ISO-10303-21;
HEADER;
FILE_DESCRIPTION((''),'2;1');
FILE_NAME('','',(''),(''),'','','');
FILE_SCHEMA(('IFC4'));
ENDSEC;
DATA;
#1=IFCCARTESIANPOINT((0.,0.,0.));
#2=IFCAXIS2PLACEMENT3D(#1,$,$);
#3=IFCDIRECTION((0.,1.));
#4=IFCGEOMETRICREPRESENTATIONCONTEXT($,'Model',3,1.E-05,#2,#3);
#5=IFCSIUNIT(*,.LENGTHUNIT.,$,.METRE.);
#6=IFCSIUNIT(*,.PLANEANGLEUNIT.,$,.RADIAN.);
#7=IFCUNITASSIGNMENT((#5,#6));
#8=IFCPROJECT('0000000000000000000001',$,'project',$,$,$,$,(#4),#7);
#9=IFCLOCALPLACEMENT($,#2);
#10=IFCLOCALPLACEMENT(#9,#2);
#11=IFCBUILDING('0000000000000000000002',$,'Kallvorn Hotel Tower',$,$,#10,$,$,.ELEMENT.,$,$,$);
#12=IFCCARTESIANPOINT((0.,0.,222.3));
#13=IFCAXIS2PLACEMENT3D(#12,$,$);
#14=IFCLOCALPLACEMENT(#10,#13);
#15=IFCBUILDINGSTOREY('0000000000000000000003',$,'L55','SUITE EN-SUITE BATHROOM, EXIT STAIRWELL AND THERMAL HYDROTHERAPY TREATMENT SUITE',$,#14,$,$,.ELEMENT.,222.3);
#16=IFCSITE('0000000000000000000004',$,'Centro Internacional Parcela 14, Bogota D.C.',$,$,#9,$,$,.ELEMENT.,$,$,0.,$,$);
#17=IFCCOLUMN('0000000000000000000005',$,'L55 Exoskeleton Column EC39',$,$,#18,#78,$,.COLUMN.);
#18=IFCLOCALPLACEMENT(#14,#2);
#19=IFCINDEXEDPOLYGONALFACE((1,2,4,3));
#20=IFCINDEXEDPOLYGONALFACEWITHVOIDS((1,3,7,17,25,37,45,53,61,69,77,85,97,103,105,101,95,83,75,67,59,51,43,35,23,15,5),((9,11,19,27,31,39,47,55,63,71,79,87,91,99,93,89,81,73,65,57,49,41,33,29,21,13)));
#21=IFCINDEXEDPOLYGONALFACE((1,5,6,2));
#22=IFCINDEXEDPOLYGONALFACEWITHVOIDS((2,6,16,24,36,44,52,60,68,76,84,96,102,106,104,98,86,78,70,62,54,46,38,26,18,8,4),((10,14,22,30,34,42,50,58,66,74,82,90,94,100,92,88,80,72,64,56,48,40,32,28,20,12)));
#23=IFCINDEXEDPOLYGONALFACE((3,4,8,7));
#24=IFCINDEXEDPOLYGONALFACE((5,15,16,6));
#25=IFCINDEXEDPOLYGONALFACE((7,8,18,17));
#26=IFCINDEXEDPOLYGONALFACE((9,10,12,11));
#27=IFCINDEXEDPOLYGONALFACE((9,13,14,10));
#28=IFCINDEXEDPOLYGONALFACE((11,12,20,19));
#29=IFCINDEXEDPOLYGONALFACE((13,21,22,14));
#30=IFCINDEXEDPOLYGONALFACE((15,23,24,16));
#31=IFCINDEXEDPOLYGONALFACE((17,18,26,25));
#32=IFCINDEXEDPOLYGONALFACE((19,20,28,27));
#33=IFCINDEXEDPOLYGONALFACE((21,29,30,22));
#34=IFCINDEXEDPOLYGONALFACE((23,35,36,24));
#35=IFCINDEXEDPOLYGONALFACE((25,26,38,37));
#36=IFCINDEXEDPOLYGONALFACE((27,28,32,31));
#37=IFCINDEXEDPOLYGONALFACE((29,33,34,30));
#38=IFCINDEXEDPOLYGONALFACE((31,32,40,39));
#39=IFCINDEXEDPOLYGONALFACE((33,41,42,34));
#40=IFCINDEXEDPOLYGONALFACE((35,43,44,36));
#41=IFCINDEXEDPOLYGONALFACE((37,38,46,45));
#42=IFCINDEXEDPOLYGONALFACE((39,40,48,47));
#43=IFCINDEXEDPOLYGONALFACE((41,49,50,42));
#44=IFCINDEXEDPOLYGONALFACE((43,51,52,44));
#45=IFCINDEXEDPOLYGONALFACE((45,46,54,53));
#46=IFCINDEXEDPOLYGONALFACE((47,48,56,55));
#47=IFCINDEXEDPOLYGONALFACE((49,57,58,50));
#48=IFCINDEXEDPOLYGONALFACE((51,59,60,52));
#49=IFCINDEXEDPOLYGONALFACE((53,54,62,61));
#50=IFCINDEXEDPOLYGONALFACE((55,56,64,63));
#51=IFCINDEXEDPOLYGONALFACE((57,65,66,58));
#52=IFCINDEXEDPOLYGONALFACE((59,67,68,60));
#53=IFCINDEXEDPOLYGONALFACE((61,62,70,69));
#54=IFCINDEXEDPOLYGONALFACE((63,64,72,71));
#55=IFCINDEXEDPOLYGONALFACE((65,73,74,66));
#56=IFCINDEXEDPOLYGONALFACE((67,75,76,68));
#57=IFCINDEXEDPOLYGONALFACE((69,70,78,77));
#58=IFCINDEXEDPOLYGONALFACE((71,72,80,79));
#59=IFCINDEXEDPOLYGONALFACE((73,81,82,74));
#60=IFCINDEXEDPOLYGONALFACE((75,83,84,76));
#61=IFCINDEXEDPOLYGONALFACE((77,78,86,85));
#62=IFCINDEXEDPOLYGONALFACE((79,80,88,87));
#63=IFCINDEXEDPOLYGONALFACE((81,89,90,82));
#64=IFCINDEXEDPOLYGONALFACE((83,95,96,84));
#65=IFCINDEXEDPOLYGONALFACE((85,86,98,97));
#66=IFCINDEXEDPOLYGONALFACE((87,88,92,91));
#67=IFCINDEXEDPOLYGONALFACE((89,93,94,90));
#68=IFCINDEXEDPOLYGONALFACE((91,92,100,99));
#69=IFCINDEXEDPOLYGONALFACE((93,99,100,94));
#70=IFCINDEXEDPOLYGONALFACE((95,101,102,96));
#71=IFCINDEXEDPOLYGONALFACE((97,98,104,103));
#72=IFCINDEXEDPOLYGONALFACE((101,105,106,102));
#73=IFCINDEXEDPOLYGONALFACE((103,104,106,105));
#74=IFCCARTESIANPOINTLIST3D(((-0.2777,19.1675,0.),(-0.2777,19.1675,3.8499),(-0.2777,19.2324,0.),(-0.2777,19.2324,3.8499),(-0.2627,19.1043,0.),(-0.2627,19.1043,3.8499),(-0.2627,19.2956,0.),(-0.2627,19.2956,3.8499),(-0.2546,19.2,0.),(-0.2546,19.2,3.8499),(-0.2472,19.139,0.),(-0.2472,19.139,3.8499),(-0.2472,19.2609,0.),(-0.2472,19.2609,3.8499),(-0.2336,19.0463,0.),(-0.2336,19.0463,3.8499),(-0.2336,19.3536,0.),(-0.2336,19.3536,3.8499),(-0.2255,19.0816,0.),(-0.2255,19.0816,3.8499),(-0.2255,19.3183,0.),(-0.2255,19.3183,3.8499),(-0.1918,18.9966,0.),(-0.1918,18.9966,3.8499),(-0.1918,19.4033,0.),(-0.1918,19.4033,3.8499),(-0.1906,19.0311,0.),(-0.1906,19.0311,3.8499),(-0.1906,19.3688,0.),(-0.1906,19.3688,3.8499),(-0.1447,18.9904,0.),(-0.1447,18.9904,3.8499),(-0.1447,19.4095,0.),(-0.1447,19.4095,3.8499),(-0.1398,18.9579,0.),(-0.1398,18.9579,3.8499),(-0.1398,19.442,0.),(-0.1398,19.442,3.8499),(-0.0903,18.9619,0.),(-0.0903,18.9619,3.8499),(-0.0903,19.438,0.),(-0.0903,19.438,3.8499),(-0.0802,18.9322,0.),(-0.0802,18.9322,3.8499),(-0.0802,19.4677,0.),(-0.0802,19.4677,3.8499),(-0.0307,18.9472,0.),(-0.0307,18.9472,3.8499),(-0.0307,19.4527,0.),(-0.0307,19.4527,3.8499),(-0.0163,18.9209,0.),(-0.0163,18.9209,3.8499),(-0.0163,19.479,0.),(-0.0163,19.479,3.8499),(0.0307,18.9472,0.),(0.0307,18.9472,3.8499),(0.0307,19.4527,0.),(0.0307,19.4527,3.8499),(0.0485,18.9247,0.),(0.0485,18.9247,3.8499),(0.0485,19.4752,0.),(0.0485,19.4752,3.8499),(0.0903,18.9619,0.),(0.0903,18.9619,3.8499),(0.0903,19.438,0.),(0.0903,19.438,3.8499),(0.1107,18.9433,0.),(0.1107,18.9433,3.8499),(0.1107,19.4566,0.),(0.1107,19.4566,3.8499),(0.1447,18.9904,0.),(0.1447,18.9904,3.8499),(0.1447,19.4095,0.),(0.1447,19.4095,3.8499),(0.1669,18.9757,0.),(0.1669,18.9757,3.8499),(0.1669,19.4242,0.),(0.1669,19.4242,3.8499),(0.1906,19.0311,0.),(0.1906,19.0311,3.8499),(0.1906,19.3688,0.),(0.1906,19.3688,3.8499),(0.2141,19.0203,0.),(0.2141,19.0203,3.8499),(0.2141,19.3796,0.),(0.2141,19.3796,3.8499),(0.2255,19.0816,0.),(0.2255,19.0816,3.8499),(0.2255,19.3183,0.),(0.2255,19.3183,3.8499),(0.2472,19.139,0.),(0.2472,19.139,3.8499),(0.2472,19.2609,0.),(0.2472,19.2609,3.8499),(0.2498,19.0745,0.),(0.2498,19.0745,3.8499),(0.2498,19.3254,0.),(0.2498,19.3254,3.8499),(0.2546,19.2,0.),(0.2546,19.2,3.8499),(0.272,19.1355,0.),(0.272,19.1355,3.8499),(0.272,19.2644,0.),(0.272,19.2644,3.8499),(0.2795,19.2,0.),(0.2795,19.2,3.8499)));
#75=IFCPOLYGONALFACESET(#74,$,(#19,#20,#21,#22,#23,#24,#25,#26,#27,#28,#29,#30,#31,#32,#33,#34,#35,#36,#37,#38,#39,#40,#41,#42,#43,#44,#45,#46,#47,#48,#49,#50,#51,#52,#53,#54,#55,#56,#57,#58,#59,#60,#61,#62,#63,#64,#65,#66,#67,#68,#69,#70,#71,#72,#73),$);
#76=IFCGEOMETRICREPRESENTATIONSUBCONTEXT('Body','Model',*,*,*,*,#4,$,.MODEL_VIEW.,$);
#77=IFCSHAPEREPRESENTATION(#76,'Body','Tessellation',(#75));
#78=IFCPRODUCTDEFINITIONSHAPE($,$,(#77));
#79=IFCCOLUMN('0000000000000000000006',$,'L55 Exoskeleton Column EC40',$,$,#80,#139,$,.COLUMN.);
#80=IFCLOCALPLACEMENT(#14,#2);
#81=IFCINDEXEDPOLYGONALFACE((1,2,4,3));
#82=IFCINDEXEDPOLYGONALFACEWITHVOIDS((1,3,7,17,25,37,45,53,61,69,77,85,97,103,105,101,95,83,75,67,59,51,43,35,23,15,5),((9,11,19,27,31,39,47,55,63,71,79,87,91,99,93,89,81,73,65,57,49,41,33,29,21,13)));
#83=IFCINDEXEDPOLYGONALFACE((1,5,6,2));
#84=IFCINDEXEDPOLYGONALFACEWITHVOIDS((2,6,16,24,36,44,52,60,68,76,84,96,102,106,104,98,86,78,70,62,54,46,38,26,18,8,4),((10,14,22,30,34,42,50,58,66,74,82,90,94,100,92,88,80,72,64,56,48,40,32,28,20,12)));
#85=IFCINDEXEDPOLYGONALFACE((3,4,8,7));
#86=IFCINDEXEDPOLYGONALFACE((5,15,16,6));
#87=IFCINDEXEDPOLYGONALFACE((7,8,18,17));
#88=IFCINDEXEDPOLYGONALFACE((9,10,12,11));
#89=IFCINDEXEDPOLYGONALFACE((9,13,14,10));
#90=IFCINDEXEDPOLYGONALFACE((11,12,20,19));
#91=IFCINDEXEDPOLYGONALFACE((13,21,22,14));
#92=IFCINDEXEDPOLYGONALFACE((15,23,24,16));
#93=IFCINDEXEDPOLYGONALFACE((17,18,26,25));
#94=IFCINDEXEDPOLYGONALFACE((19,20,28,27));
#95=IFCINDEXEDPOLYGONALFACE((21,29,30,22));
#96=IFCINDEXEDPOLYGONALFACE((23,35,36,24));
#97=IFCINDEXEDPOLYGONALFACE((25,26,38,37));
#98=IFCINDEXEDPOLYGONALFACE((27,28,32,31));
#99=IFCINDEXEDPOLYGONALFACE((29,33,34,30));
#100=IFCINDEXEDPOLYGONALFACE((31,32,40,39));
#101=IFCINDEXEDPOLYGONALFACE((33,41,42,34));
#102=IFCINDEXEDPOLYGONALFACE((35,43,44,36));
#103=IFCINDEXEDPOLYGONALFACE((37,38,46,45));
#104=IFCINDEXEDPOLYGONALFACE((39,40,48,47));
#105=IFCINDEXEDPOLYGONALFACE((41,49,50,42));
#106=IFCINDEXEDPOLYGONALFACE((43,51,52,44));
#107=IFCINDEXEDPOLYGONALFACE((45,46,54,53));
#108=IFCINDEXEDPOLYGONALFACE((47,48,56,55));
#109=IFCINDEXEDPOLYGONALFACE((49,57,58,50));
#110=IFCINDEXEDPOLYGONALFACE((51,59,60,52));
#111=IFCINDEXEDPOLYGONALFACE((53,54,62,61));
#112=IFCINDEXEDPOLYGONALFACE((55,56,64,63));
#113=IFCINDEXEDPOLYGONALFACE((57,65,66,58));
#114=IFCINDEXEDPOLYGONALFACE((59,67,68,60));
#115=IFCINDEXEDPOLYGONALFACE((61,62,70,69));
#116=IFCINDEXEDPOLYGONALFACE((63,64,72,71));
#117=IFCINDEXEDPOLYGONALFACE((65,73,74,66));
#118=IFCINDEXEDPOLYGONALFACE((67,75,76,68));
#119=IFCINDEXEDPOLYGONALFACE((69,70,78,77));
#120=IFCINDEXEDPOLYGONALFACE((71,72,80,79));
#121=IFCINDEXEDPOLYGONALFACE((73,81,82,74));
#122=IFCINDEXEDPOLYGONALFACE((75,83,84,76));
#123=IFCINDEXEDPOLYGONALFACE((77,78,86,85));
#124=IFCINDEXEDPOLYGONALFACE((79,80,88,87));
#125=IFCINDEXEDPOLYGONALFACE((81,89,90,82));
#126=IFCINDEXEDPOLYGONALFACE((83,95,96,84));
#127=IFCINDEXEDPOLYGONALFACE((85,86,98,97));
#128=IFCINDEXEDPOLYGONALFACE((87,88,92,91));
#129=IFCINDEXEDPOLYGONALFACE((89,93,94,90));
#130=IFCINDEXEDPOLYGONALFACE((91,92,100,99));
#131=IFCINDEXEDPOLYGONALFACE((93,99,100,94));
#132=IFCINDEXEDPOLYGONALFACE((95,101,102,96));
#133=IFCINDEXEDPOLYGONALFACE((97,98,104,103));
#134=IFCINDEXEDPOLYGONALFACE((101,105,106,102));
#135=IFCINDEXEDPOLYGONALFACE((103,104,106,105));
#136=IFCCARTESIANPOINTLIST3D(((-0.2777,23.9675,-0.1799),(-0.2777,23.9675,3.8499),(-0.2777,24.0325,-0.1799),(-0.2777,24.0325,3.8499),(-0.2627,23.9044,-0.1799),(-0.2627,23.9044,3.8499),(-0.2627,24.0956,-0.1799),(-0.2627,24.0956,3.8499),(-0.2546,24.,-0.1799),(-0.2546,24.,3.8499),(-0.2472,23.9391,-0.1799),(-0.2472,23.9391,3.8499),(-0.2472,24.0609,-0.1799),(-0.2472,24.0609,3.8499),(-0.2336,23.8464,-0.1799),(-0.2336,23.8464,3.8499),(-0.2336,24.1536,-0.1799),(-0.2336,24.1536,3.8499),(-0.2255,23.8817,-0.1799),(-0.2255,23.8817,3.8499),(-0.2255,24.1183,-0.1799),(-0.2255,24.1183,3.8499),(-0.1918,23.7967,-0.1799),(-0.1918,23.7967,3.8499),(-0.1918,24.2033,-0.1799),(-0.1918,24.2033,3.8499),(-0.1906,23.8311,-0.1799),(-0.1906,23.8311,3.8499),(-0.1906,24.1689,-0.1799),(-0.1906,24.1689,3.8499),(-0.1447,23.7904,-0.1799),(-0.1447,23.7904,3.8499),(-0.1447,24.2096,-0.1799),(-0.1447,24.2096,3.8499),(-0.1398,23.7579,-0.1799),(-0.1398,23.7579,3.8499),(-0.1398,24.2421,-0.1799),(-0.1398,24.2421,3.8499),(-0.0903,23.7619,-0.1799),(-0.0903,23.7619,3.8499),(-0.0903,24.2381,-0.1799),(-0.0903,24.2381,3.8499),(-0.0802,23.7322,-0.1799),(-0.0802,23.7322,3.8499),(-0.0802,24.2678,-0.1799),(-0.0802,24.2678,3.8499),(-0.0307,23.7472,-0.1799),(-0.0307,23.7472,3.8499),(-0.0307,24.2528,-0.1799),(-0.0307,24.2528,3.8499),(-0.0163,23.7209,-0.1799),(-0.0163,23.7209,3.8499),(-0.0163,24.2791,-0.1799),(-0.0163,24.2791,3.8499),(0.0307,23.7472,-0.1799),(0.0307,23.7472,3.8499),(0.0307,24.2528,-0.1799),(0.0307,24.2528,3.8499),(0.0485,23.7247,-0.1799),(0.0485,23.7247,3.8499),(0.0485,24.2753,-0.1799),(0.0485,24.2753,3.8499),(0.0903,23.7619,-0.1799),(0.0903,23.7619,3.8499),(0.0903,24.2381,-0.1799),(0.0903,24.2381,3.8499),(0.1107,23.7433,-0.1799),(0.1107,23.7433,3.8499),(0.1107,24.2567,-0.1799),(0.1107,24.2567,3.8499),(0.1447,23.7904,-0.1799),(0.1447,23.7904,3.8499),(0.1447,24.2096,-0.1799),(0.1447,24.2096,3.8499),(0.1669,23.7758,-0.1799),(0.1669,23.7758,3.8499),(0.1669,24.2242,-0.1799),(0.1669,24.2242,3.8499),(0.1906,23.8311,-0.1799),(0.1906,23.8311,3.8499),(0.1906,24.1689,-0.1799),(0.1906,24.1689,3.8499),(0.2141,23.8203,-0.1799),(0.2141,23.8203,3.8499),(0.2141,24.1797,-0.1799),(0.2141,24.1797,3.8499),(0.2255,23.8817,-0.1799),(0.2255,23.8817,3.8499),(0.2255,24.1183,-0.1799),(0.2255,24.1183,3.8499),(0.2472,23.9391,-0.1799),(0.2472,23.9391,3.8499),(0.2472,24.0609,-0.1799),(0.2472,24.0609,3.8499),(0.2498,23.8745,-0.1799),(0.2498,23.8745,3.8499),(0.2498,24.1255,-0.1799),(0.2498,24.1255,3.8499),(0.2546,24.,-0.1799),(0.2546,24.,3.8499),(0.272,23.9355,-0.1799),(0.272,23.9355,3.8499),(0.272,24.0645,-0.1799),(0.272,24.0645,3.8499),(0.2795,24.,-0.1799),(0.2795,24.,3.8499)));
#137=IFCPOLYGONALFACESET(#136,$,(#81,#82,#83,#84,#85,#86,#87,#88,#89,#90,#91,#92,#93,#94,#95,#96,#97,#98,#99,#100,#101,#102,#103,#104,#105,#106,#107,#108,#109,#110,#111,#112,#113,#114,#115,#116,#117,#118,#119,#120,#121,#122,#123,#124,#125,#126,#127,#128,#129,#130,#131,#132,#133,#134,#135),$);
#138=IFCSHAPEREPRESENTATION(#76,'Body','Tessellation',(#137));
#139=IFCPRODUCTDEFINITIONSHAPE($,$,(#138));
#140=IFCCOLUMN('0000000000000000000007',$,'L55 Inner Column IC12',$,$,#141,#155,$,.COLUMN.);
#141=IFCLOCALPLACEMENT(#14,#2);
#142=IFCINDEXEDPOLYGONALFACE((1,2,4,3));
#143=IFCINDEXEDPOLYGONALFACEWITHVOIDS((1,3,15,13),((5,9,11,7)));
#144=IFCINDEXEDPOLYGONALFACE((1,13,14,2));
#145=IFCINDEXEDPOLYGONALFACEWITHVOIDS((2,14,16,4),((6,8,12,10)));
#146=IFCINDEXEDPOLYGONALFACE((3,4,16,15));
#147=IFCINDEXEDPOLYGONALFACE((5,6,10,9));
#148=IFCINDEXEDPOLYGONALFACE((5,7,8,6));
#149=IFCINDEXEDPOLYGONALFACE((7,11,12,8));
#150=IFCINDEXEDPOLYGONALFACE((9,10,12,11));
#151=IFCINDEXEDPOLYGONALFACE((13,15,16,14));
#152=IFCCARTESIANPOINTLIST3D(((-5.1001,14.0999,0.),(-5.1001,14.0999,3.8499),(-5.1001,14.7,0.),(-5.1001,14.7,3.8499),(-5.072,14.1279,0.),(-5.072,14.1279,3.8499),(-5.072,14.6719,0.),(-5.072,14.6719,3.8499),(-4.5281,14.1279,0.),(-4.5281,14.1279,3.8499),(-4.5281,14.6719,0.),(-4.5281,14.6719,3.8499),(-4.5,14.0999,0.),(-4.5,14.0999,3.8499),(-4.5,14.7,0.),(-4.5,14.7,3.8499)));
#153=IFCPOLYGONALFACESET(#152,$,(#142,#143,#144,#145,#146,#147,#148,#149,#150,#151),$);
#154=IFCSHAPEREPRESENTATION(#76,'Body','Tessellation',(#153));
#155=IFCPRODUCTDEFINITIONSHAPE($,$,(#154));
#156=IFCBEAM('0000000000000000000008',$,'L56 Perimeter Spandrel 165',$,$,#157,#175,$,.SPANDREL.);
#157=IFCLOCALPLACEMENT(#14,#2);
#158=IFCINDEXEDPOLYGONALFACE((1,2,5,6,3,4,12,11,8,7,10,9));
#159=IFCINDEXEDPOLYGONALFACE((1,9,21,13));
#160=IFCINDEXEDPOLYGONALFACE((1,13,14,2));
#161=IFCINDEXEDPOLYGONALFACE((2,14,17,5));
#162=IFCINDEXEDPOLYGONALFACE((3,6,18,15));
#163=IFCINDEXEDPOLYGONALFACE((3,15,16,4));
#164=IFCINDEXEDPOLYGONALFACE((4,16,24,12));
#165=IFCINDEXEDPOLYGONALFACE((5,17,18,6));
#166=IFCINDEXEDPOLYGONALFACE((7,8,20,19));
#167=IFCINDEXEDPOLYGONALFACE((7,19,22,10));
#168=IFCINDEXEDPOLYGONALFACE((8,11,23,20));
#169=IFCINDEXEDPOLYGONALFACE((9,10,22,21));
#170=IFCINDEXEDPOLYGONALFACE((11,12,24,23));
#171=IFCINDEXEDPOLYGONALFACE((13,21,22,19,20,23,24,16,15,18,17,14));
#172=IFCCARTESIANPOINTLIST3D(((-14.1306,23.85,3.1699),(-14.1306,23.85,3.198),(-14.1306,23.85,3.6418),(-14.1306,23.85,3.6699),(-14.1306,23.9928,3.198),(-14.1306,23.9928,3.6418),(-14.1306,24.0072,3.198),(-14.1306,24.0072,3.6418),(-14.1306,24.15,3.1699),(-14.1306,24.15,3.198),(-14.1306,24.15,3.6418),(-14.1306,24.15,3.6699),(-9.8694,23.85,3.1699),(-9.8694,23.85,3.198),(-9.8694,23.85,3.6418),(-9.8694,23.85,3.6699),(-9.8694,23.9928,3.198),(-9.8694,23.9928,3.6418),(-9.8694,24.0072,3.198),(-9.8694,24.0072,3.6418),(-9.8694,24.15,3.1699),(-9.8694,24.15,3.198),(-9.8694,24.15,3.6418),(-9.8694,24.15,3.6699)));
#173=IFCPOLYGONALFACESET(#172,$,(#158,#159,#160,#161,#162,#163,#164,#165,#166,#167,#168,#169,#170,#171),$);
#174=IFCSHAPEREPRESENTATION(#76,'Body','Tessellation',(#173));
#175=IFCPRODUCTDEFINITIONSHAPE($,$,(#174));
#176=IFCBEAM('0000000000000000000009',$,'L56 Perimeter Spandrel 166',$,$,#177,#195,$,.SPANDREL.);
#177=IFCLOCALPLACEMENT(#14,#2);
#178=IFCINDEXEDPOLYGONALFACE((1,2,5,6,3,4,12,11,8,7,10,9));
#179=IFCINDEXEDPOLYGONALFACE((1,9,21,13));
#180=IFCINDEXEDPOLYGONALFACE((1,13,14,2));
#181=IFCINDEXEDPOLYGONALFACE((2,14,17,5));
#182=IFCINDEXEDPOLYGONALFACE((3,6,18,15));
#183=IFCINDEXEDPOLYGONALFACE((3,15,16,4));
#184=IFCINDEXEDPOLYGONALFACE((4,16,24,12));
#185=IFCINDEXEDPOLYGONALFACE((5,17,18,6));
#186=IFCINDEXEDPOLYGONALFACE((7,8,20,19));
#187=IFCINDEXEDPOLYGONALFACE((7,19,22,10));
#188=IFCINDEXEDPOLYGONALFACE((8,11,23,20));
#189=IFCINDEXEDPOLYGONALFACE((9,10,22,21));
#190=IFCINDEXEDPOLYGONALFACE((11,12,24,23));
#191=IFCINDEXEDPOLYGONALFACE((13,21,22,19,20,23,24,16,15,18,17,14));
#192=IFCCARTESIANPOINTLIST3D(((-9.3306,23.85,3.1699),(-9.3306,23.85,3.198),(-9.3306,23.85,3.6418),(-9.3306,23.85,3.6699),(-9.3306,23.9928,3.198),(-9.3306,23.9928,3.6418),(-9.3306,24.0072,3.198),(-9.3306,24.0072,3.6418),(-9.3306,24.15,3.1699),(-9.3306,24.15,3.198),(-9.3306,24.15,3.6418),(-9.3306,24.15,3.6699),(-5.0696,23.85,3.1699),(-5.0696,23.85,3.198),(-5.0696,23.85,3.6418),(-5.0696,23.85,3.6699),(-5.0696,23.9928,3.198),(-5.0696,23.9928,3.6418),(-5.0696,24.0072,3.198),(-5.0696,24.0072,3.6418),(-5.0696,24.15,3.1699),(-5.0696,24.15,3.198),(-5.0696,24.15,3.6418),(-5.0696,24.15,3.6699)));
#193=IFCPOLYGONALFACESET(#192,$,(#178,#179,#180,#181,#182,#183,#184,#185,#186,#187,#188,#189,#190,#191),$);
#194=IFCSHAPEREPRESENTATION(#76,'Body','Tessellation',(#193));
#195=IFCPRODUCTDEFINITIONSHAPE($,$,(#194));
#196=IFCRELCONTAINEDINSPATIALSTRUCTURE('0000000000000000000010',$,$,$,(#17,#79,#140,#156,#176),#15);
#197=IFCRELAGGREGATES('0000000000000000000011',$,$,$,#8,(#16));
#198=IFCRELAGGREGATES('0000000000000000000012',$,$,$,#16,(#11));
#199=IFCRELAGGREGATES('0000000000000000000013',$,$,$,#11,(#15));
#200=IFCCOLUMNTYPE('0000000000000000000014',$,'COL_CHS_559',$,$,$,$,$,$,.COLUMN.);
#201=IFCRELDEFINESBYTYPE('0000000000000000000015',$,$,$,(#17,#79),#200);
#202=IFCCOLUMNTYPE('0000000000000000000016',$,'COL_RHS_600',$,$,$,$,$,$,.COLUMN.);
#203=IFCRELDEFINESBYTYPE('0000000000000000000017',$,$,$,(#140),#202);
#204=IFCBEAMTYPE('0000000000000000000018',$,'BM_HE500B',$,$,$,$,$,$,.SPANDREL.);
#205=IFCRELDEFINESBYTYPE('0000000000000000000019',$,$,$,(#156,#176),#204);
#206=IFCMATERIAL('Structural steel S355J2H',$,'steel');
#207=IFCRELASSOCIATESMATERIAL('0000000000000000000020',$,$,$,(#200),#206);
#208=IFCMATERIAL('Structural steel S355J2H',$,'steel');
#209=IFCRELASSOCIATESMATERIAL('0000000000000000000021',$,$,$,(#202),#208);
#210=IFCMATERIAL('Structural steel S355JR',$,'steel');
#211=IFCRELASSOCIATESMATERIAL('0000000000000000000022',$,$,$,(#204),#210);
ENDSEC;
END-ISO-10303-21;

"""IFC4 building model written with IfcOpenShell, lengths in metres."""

from ifc_helpers import new_model, si_unit, direction, frame, origin, origin_2d, place, context, subcontext, project, spatial, hollow_rectangle, hollow_circle, i_section, extrude, material, material_profile, profile_set, type_object, element, save


model = new_model("IFC4")

# Units and contexts
model_context = context("Model", 3, precision=1e-05, world=origin(), true_north=direction((0.0, 1.0)))
body_context = subcontext(model_context, "Body", "Model", "MODEL_VIEW")
ifc_project = project(units=[si_unit("LENGTHUNIT", "METRE"), si_unit("PLANEANGLEUNIT", "RADIAN")], contexts=[model_context])

# Site, building, storey
site_placement = place(None, origin())
site = spatial("IfcSite", under=ifc_project, at=site_placement, Name="Centro Internacional Parcela 14, Bogota D.C.", CompositionType="ELEMENT", RefElevation=0.0)
building_placement = place(site_placement, origin())
building = spatial("IfcBuilding", under=site, at=building_placement, Name="Kallvorn Hotel Tower", CompositionType="ELEMENT")
storey_placement = place(building_placement, frame((0.0, 0.0, 222.3)))
storey = spatial("IfcBuildingStorey", under=building, at=storey_placement, Name="L55", Description="SUITE EN-SUITE BATHROOM, EXIT STAIRWELL AND THERMAL HYDROTHERAPY TREATMENT SUITE", CompositionType="ELEMENT", Elevation=222.3)

# Columns
ifc_material_1 = material(Name="Structural steel S355J2H", Category="steel")
ifc_material_profile_1 = material_profile(ifc_material_1, hollow_circle(Radius=0.2795, WallThickness=0.0249, at=origin_2d()), Name="CHS 559x25")
ifc_profile_set_1 = profile_set([ifc_material_profile_1], Name="Structural steel S355J2H")
column_type_1 = type_object("IfcColumnType", Name="COL_CHS_559", PredefinedType="COLUMN", material=ifc_profile_set_1)
column_1_placement = place(storey_placement, frame((0.0, 19.2, 0.0), z_axis=(0.0, 0.0, 1.0), x_axis=(1.0, 0.0, 0.0)))
element("IfcColumn", 1, at=column_1_placement, inside=storey, type_object=column_type_1, Name="L55 Exoskeleton Column EC39", PredefinedType="COLUMN", context=body_context, shape_type="SweptSolid", body=[
    extrude(hollow_circle(Radius=0.2795, WallThickness=0.0249, at=origin_2d()), origin(), (0.0, 0.0, 1.0), 3.8499),
])
column_2_placement = place(storey_placement, frame((0.0, 24.0, -0.1799), z_axis=(0.0, 0.0, 1.0), x_axis=(1.0, 0.0, 0.0)))
element("IfcColumn", 2, at=column_2_placement, inside=storey, type_object=column_type_1, Name="L55 Exoskeleton Column EC40", PredefinedType="COLUMN", context=body_context, shape_type="SweptSolid", body=[
    extrude(hollow_circle(Radius=0.2795, WallThickness=0.0249, at=origin_2d()), origin(), (0.0, 0.0, 1.0), 4.0298),
])
ifc_material_2 = material(Name="Structural steel S355J2H", Category="steel")
ifc_material_profile_2 = material_profile(ifc_material_2, hollow_rectangle(XDim=0.6001, YDim=0.6001, WallThickness=0.0281, at=origin_2d()), Name="RHS 600x600x28")
ifc_profile_set_2 = profile_set([ifc_material_profile_2], Name="Structural steel S355J2H")
column_type_2 = type_object("IfcColumnType", Name="COL_RHS_600", PredefinedType="COLUMN", material=ifc_profile_set_2)
column_3_placement = place(storey_placement, frame((-4.8, 14.3999, 0.0), z_axis=(0.0, 0.0, 1.0), x_axis=(1.0, 0.0, 0.0)))
element("IfcColumn", 3, at=column_3_placement, inside=storey, type_object=column_type_2, Name="L55 Inner Column IC12", PredefinedType="COLUMN", context=body_context, shape_type="SweptSolid", body=[
    extrude(hollow_rectangle(XDim=0.6001, YDim=0.6001, WallThickness=0.0281, at=origin_2d()), origin(), (0.0, 0.0, 1.0), 3.8499),
])

# Beams
ifc_material_3 = material(Name="Structural steel S355JR", Category="steel")
ifc_material_profile_3 = material_profile(ifc_material_3, i_section(OverallWidth=0.3, OverallDepth=0.5, WebThickness=0.0144, FlangeThickness=0.0281, at=origin_2d()), Name="HE 500 B")
ifc_profile_set_3 = profile_set([ifc_material_profile_3], Name="Structural steel S355JR")
beam_type_1 = type_object("IfcBeamType", Name="BM_HE500B", PredefinedType="SPANDREL", material=ifc_profile_set_3)
beam_1_placement = place(storey_placement, frame((-14.1306, 24.0, 3.4199), z_axis=(1.0, 0.0, 0.0), x_axis=(0.0, 1.0, 0.0)))
element("IfcBeam", 4, at=beam_1_placement, inside=storey, type_object=beam_type_1, Name="L56 Perimeter Spandrel 165", PredefinedType="SPANDREL", context=body_context, shape_type="SweptSolid", body=[
    extrude(i_section(OverallWidth=0.3, OverallDepth=0.5, WebThickness=0.0144, FlangeThickness=0.0281, at=origin_2d()), origin(), (0.0, 0.0, 1.0), 4.2612),
])
for number, where, z_axis, x_axis, name in (
    (5, (-9.3306, 24.0, 3.4199), (1.0, 0.0, 0.0), (0.0, 1.0, 0.0), "L56 Perimeter Spandrel 166"),
):
    element("IfcBeam", number, at=place(storey_placement, frame(where, z_axis=z_axis, x_axis=x_axis)), inside=storey, type_object=beam_type_1, Name=name, PredefinedType="SPANDREL", context=body_context, shape_type="SweptSolid", body=[
        extrude(i_section(OverallWidth=0.3, OverallDepth=0.5, WebThickness=0.0144, FlangeThickness=0.0281, at=origin_2d()), origin(), (0.0, 0.0, 1.0), 4.261),
    ])

save(model, "model.ifc")
